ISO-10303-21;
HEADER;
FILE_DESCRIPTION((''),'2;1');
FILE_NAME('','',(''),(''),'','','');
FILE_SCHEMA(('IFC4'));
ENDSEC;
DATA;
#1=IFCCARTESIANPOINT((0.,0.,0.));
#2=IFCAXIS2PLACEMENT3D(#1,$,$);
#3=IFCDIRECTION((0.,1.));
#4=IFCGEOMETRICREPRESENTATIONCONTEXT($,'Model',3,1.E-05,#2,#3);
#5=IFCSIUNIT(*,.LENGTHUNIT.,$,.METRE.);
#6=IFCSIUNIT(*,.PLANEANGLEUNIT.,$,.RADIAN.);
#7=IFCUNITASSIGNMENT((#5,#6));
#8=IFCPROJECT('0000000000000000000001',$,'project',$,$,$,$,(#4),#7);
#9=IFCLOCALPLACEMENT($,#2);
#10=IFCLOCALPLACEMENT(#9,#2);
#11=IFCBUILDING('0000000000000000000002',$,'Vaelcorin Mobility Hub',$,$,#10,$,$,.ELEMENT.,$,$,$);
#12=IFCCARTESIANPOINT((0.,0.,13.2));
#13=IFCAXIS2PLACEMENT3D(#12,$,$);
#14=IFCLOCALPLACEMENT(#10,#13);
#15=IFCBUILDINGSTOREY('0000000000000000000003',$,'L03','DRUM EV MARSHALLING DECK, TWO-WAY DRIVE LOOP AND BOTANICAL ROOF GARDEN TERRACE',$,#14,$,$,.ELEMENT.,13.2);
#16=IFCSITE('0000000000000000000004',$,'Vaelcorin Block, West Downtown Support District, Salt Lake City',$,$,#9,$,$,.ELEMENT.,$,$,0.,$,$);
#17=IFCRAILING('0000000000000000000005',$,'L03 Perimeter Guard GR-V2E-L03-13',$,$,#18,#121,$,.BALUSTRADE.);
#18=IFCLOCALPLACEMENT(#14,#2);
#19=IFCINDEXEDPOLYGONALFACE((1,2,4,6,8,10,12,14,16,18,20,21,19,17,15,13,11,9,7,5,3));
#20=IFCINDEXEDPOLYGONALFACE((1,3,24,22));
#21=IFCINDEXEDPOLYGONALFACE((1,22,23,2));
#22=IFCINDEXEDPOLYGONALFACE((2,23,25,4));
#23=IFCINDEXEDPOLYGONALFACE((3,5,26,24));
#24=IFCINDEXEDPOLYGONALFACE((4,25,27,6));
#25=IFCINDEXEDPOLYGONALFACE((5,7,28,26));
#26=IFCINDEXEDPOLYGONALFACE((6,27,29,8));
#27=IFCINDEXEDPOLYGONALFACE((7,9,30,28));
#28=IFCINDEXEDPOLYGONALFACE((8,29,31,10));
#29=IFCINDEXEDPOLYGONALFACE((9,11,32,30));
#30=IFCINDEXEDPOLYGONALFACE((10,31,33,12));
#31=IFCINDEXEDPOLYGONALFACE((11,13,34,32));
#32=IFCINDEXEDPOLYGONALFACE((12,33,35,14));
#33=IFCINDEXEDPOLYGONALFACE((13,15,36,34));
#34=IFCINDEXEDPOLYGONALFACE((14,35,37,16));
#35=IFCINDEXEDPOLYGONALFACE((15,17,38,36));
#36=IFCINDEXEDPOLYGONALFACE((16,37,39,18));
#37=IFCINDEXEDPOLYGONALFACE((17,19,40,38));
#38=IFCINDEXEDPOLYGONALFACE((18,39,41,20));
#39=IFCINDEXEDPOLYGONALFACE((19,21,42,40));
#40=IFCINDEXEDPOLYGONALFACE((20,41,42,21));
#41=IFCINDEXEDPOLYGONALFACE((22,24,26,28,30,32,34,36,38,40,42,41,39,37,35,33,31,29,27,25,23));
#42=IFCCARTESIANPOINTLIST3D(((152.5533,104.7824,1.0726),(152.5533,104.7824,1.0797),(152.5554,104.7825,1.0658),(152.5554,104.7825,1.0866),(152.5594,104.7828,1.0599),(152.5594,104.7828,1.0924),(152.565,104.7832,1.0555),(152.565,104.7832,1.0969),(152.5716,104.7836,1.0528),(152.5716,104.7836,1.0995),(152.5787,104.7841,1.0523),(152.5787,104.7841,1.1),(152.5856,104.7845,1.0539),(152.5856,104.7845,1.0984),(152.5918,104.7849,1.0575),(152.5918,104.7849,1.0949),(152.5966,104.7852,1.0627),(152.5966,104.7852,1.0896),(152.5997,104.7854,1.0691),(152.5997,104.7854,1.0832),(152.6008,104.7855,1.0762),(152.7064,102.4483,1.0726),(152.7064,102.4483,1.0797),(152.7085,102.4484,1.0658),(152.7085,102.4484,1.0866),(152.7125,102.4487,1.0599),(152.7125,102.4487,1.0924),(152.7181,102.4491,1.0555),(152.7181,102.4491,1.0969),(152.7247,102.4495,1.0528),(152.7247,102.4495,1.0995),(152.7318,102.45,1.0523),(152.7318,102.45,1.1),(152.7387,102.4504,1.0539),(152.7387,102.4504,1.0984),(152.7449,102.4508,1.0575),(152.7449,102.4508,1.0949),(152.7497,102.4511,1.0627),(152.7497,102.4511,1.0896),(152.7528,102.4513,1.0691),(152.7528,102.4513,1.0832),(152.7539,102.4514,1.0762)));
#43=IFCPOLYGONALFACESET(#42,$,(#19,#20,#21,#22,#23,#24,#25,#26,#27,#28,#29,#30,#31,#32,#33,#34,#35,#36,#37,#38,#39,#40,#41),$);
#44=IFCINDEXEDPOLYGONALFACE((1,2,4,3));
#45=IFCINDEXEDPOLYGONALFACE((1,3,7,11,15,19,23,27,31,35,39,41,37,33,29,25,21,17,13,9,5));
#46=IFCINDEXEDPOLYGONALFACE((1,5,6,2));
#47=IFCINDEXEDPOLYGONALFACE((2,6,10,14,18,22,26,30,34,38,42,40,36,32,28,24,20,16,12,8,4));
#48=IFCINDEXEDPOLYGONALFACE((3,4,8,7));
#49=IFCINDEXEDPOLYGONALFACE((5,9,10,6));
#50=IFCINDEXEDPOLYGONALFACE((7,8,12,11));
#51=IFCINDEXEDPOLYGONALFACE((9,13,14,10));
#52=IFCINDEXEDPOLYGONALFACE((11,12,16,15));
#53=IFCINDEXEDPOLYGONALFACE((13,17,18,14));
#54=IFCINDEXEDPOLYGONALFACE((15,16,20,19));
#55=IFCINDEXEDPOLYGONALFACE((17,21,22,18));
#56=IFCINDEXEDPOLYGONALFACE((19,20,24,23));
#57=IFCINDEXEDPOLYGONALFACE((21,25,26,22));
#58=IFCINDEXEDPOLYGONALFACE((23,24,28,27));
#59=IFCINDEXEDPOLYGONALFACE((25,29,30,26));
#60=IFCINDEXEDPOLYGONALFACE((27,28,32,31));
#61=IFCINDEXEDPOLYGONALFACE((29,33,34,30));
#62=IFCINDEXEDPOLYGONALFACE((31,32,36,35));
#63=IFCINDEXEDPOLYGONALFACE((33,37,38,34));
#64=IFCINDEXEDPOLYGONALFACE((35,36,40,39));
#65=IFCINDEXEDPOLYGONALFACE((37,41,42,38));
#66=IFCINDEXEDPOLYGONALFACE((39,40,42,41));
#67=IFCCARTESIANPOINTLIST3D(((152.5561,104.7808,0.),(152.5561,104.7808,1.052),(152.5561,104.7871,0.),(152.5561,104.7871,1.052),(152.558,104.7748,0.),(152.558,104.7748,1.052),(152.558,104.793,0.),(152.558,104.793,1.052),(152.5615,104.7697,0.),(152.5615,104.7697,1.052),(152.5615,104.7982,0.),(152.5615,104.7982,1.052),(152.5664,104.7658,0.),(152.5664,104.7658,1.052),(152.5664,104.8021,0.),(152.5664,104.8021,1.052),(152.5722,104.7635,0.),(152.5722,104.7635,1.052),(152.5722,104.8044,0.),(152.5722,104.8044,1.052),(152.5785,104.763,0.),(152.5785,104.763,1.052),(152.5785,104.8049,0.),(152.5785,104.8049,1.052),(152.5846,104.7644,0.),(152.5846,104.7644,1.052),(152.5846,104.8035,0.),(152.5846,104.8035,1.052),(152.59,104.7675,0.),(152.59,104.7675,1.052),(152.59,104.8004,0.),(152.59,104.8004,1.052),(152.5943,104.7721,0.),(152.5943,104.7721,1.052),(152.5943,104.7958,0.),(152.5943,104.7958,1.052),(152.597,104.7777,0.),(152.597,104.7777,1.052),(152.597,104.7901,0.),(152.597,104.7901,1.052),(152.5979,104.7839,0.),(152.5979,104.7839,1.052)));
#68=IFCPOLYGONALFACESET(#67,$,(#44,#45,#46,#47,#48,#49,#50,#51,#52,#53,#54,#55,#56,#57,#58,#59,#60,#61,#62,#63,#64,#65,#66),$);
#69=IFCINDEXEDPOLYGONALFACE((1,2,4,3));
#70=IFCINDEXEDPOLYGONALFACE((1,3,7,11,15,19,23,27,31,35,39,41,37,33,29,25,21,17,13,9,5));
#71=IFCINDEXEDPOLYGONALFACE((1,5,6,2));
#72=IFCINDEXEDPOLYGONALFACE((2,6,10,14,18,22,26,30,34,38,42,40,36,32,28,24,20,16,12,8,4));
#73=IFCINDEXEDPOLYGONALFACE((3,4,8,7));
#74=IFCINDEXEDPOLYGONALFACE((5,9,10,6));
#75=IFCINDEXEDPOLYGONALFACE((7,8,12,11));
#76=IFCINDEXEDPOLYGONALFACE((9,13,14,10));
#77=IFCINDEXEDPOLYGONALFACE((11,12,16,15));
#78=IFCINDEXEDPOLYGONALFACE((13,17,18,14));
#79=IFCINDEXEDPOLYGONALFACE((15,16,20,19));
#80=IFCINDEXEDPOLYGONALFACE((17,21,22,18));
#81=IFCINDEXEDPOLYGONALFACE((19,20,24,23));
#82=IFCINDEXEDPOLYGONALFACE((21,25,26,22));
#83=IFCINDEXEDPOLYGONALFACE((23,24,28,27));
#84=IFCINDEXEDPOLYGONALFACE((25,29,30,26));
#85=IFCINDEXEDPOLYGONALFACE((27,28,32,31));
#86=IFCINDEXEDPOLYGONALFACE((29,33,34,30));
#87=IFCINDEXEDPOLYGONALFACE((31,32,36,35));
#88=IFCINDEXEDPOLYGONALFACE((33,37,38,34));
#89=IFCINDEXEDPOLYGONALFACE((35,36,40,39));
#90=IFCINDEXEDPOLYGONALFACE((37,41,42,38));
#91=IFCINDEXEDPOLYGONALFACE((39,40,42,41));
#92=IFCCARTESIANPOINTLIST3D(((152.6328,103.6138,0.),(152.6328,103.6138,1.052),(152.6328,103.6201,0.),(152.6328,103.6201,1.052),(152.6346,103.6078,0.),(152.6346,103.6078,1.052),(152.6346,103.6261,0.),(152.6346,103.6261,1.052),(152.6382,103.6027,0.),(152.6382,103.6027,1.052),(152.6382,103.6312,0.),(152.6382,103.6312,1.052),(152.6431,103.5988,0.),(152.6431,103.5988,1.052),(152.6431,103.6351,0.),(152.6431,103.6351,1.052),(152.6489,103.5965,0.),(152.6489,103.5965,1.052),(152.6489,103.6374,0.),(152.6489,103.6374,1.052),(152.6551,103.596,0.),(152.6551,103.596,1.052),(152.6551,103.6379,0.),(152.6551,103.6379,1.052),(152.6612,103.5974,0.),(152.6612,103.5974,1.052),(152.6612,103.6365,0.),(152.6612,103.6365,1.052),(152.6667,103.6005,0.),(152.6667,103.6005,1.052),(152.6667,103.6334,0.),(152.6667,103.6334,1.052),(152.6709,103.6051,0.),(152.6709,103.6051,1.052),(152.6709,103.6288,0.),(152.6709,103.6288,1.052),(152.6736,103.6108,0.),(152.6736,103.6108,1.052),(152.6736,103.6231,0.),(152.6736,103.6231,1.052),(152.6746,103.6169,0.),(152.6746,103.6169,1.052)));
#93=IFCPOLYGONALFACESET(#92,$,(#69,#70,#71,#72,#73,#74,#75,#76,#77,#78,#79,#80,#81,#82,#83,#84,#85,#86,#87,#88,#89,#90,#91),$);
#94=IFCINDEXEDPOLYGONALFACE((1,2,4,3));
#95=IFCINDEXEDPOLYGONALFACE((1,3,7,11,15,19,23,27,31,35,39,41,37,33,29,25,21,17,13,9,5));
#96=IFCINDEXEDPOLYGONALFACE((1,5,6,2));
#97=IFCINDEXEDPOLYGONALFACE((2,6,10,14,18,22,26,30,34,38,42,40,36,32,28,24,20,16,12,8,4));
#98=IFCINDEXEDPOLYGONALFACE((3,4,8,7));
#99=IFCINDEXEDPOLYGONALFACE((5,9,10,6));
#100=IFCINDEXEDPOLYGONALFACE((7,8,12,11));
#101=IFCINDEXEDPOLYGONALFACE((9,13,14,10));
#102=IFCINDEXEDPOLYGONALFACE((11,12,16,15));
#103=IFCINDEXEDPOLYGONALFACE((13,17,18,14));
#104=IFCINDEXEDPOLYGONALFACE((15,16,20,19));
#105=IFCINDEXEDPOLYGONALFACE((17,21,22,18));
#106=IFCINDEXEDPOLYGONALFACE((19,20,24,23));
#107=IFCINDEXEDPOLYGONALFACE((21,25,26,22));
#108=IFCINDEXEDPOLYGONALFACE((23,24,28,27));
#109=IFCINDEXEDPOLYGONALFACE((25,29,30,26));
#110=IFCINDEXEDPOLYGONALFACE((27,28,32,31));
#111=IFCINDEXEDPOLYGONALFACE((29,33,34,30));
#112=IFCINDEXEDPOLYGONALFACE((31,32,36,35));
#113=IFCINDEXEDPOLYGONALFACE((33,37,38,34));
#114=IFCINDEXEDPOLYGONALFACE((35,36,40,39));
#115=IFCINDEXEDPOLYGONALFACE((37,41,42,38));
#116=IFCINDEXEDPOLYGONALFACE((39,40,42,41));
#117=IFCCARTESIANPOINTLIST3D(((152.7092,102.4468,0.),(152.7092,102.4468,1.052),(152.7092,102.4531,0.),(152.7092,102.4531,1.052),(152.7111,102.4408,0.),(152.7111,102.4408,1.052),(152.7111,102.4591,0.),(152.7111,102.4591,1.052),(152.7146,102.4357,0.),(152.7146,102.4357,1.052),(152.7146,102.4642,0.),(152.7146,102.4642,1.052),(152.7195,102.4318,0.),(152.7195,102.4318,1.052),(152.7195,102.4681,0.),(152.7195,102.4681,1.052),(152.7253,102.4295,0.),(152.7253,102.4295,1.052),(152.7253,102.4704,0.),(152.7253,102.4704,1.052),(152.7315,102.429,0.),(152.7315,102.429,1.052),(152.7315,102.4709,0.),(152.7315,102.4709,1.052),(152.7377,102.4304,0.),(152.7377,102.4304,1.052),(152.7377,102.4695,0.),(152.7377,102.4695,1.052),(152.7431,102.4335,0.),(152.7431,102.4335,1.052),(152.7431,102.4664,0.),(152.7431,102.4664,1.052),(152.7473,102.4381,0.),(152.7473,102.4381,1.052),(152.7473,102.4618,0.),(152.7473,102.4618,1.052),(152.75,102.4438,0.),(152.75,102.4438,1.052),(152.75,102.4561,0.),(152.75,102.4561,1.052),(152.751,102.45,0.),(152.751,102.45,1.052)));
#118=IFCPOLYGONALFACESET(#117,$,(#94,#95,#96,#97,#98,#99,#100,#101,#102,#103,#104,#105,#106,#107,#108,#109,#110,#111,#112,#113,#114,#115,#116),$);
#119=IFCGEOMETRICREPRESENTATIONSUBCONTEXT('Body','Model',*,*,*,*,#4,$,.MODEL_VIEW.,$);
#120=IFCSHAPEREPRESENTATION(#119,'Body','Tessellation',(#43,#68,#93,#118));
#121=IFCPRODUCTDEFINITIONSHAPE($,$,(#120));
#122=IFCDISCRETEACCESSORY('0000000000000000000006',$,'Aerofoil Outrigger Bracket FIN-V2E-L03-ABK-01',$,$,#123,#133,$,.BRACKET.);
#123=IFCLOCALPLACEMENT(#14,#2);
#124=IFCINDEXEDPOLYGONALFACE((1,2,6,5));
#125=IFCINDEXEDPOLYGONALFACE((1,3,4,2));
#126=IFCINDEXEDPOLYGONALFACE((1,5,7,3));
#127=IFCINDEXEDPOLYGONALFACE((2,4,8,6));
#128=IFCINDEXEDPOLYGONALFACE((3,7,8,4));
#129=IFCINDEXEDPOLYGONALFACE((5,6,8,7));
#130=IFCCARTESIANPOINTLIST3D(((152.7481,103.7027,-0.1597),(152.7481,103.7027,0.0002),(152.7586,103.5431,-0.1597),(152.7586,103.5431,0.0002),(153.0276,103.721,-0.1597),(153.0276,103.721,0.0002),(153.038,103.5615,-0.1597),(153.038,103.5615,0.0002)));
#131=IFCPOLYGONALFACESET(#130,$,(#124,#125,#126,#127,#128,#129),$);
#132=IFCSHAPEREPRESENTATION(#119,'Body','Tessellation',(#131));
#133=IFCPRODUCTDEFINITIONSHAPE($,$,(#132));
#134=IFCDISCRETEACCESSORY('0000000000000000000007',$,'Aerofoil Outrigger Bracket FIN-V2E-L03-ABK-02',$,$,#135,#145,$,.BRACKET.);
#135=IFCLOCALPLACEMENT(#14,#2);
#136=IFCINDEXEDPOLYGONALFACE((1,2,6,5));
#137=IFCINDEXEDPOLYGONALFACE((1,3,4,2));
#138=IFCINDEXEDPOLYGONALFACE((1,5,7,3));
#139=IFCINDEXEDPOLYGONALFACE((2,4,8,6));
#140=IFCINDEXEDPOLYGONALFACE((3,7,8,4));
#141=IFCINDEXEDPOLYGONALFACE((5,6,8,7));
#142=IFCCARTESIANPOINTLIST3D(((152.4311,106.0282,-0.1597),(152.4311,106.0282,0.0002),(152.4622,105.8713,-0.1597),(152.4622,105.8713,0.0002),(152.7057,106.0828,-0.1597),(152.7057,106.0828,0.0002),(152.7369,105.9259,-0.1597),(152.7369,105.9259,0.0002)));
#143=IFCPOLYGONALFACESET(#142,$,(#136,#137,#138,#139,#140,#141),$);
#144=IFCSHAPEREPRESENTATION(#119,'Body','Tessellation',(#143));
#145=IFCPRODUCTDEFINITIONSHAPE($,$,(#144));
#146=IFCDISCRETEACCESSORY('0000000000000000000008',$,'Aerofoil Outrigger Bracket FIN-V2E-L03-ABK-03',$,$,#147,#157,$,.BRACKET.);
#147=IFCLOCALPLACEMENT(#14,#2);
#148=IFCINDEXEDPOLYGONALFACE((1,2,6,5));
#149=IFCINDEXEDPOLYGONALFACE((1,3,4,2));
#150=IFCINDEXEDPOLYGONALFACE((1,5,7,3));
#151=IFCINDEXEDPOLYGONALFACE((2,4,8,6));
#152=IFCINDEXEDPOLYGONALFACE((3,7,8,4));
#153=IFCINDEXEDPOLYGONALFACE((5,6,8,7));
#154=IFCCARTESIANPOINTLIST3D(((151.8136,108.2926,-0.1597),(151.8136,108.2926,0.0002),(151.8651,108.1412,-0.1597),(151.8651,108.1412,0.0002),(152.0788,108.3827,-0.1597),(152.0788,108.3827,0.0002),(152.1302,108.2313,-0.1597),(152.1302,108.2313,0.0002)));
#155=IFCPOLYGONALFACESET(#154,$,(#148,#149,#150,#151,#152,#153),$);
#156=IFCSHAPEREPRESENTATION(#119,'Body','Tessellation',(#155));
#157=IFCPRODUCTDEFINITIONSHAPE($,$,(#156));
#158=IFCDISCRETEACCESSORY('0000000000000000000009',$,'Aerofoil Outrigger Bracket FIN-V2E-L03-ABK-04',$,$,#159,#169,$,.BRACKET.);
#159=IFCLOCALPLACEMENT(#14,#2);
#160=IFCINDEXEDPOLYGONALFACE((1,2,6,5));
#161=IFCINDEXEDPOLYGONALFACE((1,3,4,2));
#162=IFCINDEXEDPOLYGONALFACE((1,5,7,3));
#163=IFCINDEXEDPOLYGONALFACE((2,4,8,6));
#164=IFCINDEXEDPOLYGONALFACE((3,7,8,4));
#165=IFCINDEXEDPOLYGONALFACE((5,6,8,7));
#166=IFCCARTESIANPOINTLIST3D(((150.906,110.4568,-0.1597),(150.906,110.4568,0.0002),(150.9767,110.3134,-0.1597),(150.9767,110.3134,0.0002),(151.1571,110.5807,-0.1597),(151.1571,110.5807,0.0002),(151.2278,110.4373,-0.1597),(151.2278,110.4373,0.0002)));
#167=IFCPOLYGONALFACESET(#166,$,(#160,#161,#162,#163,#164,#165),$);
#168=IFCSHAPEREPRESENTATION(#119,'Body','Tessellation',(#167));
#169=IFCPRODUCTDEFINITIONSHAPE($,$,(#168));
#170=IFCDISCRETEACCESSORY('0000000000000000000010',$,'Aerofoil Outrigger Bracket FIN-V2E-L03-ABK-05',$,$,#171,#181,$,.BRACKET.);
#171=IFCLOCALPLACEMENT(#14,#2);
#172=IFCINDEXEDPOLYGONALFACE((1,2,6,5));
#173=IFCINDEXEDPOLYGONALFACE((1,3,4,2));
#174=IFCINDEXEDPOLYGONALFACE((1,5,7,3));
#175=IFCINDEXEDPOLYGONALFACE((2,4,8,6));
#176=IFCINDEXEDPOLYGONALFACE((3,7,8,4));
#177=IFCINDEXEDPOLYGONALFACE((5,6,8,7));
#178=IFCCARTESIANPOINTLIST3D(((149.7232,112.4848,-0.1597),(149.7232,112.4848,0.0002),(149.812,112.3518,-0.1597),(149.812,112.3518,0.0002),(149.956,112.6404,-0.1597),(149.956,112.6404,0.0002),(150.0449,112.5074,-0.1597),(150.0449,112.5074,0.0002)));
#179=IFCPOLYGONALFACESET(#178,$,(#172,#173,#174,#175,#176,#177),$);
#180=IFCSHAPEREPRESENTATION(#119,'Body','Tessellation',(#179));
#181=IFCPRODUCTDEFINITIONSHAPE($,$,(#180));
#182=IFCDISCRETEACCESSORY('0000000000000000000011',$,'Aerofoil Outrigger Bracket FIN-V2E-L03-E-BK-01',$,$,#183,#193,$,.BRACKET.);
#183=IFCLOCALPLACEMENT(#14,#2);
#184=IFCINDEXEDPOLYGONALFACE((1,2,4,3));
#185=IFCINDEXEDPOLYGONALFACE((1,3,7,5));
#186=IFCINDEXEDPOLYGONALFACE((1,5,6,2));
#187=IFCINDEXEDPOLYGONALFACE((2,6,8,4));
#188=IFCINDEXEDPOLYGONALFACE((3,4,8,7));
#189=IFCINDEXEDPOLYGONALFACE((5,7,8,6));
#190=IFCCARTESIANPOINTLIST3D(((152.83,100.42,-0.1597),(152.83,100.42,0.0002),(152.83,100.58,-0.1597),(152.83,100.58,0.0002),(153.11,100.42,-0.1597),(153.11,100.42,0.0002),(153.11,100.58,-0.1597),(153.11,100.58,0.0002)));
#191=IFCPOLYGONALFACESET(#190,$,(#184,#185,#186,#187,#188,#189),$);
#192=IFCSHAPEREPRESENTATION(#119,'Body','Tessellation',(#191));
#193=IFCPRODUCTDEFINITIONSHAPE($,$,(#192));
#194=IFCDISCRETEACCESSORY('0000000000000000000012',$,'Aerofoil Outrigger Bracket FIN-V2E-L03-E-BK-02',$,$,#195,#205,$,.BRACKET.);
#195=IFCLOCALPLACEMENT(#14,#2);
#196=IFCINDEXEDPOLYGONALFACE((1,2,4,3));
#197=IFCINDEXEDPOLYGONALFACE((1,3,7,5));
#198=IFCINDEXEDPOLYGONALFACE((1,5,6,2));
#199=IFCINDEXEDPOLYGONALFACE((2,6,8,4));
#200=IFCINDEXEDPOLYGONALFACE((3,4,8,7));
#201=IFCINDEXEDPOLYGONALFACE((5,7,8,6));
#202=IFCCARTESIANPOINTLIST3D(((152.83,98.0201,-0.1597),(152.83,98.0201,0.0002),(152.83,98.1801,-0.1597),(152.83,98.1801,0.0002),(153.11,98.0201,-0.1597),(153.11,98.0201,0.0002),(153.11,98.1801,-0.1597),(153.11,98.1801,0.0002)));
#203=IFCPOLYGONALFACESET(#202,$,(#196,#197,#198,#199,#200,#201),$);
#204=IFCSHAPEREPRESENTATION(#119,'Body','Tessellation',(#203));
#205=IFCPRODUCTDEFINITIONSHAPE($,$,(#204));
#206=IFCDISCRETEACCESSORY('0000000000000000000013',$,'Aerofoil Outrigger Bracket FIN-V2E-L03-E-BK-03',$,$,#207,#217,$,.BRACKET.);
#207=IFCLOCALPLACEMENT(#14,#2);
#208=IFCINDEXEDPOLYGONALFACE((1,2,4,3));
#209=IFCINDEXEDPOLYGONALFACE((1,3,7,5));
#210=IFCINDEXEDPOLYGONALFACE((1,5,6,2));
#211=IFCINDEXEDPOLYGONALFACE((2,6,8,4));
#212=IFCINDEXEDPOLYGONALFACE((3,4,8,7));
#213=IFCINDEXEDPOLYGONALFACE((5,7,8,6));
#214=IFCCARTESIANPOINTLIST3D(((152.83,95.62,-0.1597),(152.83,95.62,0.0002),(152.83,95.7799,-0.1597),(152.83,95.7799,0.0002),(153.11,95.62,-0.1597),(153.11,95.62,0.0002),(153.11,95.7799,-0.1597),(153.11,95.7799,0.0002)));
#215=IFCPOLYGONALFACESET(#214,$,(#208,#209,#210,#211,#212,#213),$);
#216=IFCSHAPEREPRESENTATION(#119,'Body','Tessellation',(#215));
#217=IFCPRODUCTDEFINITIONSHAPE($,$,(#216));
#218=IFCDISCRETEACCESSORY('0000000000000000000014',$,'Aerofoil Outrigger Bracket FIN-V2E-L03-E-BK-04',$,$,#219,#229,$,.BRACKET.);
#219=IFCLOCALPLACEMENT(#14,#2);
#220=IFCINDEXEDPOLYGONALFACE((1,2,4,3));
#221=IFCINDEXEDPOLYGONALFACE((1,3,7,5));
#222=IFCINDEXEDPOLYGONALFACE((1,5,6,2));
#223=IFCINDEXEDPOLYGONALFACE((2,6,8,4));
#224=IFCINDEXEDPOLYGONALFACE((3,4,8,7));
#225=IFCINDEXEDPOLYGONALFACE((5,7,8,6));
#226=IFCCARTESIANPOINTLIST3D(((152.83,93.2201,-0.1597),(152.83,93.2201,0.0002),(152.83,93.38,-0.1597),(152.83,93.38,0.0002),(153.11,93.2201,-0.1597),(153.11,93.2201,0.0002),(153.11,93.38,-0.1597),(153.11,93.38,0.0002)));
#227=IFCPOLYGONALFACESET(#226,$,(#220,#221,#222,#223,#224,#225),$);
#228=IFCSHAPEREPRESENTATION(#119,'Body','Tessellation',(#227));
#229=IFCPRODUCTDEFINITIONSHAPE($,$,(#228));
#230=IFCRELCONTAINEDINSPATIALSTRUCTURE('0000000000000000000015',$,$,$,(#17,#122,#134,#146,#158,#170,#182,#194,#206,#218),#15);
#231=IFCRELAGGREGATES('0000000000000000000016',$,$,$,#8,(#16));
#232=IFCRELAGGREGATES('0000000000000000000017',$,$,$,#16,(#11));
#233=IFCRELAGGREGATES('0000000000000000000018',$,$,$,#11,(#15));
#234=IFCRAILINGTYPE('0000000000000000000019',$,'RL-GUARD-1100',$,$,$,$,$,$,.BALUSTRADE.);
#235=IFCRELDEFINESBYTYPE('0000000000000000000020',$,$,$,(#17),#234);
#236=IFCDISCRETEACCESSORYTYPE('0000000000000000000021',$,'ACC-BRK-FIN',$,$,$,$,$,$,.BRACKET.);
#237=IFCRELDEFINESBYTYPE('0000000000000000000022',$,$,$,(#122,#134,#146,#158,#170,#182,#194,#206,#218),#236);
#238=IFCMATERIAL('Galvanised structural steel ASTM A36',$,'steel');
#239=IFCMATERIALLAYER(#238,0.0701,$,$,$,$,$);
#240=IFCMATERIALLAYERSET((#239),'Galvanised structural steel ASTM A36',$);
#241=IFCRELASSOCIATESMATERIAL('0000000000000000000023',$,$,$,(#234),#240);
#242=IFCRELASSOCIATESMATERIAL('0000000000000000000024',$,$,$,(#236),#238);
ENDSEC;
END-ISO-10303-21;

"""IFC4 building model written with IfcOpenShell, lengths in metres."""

from ifc_helpers import new_model, si_unit, direction, frame, origin, origin_2d, place, context, subcontext, project, spatial, rectangle, circle, extrude, material, layer, layer_set, type_object, element, save


model = new_model("IFC4")

# Units and contexts
model_context = context("Model", 3, precision=1e-05, world=origin(), true_north=direction((0.0, 1.0)))
body_context = subcontext(model_context, "Body", "Model", "MODEL_VIEW")
ifc_project = project(units=[si_unit("LENGTHUNIT", "METRE"), si_unit("PLANEANGLEUNIT", "RADIAN")], contexts=[model_context])

# Site, building, storey
site_placement = place(None, origin())
site = spatial("IfcSite", under=ifc_project, at=site_placement, Name="Vaelcorin Block, West Downtown Support District, Salt Lake City", CompositionType="ELEMENT", RefElevation=0.0)
building_placement = place(site_placement, origin())
building = spatial("IfcBuilding", under=site, at=building_placement, Name="Vaelcorin Mobility Hub", CompositionType="ELEMENT")
storey_placement = place(building_placement, frame((0.0, 0.0, 13.2)))
storey = spatial("IfcBuildingStorey", under=building, at=storey_placement, Name="L03", Description="DRUM EV MARSHALLING DECK, TWO-WAY DRIVE LOOP AND BOTANICAL ROOF GARDEN TERRACE", CompositionType="ELEMENT", Elevation=13.2)

# Railing
ifc_material_1 = material(Name="Galvanised structural steel ASTM A36", Category="steel")
ifc_layer_1 = layer(ifc_material_1, 0.0701)
ifc_layer_set_1 = layer_set([ifc_layer_1], Name="Galvanised structural steel ASTM A36")
railing_type_1 = type_object("IfcRailingType", Name="RL-GUARD-1100", PredefinedType="BALUSTRADE", material=ifc_layer_set_1)
railing_1_placement = place(storey_placement, frame((152.5769, 104.7839, 0.0)))
element("IfcRailing", 1, at=railing_1_placement, inside=storey, type_object=railing_type_1, Name="L03 Perimeter Guard GR-V2E-L03-13", PredefinedType="BALUSTRADE", context=body_context, shape_type="SweptSolid", body=[
    extrude(circle(Radius=0.0239, at=origin_2d()), frame((0.0, 0.0, 1.0762), z_axis=(0.065445, -0.997856, 0.0), x_axis=(0.997856, 0.065445, 0.0)), (0.0, 0.0, 1.0), 2.3391),
    extrude(circle(Radius=0.021, at=origin_2d()), origin(), (0.0, 0.0, 1.0), 1.052),
    extrude(circle(Radius=0.021, at=origin_2d()), frame((0.0767, -1.167, 0.0)), (0.0, 0.0, 1.0), 1.052),
    extrude(circle(Radius=0.021, at=origin_2d()), frame((0.1531, -2.334, 0.0)), (0.0, 0.0, 1.0), 1.052),
])

# Discrete accessories
discrete_accessory_type = type_object("IfcDiscreteAccessoryType", Name="ACC-BRK-FIN", PredefinedType="BRACKET", material=ifc_material_1)
for number, where, z_axis, x_axis, name in (
    (2, (152.8931, 103.6321, -0.1597), (0.0, 0.0, 1.0), (0.997858, 0.065421, 0.0), "Aerofoil Outrigger Bracket FIN-V2E-L03-ABK-01"),
    (3, (152.584, 105.9771, -0.1597), (0.0, 0.0, 1.0), (0.980826, 0.194885, 0.0), "Aerofoil Outrigger Bracket FIN-V2E-L03-ABK-02"),
    (4, (151.9719, 108.262, -0.1597), (0.0, 0.0, 1.0), (0.946885, 0.321572, 0.0), "Aerofoil Outrigger Bracket FIN-V2E-L03-ABK-03"),
    (5, (151.0669, 110.447, -0.1597), (0.0, 0.0, 1.0), (0.896796, 0.442445, 0.0), "Aerofoil Outrigger Bracket FIN-V2E-L03-ABK-04"),
    (6, (149.884, 112.4961, -0.1597), (0.0, 0.0, 1.0), (0.831528, 0.555483, 0.0), "Aerofoil Outrigger Bracket FIN-V2E-L03-ABK-05"),
    (7, (152.97, 100.5, -0.1597), (0.0, 0.0, 1.0), (1.0, 0.0, 0.0), "Aerofoil Outrigger Bracket FIN-V2E-L03-E-BK-01"),
    (8, (152.97, 98.1001, -0.1597), (0.0, 0.0, 1.0), (1.0, 0.0, 0.0), "Aerofoil Outrigger Bracket FIN-V2E-L03-E-BK-02"),
    (9, (152.97, 95.7, -0.1597), (0.0, 0.0, 1.0), (1.0, 0.0, 0.0), "Aerofoil Outrigger Bracket FIN-V2E-L03-E-BK-03"),
    (10, (152.97, 93.3, -0.1597), (0.0, 0.0, 1.0), (1.0, 0.0, 0.0), "Aerofoil Outrigger Bracket FIN-V2E-L03-E-BK-04"),
):
    element("IfcDiscreteAccessory", number, at=place(storey_placement, frame(where, z_axis=z_axis, x_axis=x_axis)), inside=storey, type_object=discrete_accessory_type, Name=name, PredefinedType="BRACKET", context=body_context, shape_type="SweptSolid", body=[
        extrude(rectangle(XDim=0.28, YDim=0.1599, at=origin_2d()), origin(), (0.0, 0.0, 1.0), 0.1599),
    ])

save(model, "model.ifc")
